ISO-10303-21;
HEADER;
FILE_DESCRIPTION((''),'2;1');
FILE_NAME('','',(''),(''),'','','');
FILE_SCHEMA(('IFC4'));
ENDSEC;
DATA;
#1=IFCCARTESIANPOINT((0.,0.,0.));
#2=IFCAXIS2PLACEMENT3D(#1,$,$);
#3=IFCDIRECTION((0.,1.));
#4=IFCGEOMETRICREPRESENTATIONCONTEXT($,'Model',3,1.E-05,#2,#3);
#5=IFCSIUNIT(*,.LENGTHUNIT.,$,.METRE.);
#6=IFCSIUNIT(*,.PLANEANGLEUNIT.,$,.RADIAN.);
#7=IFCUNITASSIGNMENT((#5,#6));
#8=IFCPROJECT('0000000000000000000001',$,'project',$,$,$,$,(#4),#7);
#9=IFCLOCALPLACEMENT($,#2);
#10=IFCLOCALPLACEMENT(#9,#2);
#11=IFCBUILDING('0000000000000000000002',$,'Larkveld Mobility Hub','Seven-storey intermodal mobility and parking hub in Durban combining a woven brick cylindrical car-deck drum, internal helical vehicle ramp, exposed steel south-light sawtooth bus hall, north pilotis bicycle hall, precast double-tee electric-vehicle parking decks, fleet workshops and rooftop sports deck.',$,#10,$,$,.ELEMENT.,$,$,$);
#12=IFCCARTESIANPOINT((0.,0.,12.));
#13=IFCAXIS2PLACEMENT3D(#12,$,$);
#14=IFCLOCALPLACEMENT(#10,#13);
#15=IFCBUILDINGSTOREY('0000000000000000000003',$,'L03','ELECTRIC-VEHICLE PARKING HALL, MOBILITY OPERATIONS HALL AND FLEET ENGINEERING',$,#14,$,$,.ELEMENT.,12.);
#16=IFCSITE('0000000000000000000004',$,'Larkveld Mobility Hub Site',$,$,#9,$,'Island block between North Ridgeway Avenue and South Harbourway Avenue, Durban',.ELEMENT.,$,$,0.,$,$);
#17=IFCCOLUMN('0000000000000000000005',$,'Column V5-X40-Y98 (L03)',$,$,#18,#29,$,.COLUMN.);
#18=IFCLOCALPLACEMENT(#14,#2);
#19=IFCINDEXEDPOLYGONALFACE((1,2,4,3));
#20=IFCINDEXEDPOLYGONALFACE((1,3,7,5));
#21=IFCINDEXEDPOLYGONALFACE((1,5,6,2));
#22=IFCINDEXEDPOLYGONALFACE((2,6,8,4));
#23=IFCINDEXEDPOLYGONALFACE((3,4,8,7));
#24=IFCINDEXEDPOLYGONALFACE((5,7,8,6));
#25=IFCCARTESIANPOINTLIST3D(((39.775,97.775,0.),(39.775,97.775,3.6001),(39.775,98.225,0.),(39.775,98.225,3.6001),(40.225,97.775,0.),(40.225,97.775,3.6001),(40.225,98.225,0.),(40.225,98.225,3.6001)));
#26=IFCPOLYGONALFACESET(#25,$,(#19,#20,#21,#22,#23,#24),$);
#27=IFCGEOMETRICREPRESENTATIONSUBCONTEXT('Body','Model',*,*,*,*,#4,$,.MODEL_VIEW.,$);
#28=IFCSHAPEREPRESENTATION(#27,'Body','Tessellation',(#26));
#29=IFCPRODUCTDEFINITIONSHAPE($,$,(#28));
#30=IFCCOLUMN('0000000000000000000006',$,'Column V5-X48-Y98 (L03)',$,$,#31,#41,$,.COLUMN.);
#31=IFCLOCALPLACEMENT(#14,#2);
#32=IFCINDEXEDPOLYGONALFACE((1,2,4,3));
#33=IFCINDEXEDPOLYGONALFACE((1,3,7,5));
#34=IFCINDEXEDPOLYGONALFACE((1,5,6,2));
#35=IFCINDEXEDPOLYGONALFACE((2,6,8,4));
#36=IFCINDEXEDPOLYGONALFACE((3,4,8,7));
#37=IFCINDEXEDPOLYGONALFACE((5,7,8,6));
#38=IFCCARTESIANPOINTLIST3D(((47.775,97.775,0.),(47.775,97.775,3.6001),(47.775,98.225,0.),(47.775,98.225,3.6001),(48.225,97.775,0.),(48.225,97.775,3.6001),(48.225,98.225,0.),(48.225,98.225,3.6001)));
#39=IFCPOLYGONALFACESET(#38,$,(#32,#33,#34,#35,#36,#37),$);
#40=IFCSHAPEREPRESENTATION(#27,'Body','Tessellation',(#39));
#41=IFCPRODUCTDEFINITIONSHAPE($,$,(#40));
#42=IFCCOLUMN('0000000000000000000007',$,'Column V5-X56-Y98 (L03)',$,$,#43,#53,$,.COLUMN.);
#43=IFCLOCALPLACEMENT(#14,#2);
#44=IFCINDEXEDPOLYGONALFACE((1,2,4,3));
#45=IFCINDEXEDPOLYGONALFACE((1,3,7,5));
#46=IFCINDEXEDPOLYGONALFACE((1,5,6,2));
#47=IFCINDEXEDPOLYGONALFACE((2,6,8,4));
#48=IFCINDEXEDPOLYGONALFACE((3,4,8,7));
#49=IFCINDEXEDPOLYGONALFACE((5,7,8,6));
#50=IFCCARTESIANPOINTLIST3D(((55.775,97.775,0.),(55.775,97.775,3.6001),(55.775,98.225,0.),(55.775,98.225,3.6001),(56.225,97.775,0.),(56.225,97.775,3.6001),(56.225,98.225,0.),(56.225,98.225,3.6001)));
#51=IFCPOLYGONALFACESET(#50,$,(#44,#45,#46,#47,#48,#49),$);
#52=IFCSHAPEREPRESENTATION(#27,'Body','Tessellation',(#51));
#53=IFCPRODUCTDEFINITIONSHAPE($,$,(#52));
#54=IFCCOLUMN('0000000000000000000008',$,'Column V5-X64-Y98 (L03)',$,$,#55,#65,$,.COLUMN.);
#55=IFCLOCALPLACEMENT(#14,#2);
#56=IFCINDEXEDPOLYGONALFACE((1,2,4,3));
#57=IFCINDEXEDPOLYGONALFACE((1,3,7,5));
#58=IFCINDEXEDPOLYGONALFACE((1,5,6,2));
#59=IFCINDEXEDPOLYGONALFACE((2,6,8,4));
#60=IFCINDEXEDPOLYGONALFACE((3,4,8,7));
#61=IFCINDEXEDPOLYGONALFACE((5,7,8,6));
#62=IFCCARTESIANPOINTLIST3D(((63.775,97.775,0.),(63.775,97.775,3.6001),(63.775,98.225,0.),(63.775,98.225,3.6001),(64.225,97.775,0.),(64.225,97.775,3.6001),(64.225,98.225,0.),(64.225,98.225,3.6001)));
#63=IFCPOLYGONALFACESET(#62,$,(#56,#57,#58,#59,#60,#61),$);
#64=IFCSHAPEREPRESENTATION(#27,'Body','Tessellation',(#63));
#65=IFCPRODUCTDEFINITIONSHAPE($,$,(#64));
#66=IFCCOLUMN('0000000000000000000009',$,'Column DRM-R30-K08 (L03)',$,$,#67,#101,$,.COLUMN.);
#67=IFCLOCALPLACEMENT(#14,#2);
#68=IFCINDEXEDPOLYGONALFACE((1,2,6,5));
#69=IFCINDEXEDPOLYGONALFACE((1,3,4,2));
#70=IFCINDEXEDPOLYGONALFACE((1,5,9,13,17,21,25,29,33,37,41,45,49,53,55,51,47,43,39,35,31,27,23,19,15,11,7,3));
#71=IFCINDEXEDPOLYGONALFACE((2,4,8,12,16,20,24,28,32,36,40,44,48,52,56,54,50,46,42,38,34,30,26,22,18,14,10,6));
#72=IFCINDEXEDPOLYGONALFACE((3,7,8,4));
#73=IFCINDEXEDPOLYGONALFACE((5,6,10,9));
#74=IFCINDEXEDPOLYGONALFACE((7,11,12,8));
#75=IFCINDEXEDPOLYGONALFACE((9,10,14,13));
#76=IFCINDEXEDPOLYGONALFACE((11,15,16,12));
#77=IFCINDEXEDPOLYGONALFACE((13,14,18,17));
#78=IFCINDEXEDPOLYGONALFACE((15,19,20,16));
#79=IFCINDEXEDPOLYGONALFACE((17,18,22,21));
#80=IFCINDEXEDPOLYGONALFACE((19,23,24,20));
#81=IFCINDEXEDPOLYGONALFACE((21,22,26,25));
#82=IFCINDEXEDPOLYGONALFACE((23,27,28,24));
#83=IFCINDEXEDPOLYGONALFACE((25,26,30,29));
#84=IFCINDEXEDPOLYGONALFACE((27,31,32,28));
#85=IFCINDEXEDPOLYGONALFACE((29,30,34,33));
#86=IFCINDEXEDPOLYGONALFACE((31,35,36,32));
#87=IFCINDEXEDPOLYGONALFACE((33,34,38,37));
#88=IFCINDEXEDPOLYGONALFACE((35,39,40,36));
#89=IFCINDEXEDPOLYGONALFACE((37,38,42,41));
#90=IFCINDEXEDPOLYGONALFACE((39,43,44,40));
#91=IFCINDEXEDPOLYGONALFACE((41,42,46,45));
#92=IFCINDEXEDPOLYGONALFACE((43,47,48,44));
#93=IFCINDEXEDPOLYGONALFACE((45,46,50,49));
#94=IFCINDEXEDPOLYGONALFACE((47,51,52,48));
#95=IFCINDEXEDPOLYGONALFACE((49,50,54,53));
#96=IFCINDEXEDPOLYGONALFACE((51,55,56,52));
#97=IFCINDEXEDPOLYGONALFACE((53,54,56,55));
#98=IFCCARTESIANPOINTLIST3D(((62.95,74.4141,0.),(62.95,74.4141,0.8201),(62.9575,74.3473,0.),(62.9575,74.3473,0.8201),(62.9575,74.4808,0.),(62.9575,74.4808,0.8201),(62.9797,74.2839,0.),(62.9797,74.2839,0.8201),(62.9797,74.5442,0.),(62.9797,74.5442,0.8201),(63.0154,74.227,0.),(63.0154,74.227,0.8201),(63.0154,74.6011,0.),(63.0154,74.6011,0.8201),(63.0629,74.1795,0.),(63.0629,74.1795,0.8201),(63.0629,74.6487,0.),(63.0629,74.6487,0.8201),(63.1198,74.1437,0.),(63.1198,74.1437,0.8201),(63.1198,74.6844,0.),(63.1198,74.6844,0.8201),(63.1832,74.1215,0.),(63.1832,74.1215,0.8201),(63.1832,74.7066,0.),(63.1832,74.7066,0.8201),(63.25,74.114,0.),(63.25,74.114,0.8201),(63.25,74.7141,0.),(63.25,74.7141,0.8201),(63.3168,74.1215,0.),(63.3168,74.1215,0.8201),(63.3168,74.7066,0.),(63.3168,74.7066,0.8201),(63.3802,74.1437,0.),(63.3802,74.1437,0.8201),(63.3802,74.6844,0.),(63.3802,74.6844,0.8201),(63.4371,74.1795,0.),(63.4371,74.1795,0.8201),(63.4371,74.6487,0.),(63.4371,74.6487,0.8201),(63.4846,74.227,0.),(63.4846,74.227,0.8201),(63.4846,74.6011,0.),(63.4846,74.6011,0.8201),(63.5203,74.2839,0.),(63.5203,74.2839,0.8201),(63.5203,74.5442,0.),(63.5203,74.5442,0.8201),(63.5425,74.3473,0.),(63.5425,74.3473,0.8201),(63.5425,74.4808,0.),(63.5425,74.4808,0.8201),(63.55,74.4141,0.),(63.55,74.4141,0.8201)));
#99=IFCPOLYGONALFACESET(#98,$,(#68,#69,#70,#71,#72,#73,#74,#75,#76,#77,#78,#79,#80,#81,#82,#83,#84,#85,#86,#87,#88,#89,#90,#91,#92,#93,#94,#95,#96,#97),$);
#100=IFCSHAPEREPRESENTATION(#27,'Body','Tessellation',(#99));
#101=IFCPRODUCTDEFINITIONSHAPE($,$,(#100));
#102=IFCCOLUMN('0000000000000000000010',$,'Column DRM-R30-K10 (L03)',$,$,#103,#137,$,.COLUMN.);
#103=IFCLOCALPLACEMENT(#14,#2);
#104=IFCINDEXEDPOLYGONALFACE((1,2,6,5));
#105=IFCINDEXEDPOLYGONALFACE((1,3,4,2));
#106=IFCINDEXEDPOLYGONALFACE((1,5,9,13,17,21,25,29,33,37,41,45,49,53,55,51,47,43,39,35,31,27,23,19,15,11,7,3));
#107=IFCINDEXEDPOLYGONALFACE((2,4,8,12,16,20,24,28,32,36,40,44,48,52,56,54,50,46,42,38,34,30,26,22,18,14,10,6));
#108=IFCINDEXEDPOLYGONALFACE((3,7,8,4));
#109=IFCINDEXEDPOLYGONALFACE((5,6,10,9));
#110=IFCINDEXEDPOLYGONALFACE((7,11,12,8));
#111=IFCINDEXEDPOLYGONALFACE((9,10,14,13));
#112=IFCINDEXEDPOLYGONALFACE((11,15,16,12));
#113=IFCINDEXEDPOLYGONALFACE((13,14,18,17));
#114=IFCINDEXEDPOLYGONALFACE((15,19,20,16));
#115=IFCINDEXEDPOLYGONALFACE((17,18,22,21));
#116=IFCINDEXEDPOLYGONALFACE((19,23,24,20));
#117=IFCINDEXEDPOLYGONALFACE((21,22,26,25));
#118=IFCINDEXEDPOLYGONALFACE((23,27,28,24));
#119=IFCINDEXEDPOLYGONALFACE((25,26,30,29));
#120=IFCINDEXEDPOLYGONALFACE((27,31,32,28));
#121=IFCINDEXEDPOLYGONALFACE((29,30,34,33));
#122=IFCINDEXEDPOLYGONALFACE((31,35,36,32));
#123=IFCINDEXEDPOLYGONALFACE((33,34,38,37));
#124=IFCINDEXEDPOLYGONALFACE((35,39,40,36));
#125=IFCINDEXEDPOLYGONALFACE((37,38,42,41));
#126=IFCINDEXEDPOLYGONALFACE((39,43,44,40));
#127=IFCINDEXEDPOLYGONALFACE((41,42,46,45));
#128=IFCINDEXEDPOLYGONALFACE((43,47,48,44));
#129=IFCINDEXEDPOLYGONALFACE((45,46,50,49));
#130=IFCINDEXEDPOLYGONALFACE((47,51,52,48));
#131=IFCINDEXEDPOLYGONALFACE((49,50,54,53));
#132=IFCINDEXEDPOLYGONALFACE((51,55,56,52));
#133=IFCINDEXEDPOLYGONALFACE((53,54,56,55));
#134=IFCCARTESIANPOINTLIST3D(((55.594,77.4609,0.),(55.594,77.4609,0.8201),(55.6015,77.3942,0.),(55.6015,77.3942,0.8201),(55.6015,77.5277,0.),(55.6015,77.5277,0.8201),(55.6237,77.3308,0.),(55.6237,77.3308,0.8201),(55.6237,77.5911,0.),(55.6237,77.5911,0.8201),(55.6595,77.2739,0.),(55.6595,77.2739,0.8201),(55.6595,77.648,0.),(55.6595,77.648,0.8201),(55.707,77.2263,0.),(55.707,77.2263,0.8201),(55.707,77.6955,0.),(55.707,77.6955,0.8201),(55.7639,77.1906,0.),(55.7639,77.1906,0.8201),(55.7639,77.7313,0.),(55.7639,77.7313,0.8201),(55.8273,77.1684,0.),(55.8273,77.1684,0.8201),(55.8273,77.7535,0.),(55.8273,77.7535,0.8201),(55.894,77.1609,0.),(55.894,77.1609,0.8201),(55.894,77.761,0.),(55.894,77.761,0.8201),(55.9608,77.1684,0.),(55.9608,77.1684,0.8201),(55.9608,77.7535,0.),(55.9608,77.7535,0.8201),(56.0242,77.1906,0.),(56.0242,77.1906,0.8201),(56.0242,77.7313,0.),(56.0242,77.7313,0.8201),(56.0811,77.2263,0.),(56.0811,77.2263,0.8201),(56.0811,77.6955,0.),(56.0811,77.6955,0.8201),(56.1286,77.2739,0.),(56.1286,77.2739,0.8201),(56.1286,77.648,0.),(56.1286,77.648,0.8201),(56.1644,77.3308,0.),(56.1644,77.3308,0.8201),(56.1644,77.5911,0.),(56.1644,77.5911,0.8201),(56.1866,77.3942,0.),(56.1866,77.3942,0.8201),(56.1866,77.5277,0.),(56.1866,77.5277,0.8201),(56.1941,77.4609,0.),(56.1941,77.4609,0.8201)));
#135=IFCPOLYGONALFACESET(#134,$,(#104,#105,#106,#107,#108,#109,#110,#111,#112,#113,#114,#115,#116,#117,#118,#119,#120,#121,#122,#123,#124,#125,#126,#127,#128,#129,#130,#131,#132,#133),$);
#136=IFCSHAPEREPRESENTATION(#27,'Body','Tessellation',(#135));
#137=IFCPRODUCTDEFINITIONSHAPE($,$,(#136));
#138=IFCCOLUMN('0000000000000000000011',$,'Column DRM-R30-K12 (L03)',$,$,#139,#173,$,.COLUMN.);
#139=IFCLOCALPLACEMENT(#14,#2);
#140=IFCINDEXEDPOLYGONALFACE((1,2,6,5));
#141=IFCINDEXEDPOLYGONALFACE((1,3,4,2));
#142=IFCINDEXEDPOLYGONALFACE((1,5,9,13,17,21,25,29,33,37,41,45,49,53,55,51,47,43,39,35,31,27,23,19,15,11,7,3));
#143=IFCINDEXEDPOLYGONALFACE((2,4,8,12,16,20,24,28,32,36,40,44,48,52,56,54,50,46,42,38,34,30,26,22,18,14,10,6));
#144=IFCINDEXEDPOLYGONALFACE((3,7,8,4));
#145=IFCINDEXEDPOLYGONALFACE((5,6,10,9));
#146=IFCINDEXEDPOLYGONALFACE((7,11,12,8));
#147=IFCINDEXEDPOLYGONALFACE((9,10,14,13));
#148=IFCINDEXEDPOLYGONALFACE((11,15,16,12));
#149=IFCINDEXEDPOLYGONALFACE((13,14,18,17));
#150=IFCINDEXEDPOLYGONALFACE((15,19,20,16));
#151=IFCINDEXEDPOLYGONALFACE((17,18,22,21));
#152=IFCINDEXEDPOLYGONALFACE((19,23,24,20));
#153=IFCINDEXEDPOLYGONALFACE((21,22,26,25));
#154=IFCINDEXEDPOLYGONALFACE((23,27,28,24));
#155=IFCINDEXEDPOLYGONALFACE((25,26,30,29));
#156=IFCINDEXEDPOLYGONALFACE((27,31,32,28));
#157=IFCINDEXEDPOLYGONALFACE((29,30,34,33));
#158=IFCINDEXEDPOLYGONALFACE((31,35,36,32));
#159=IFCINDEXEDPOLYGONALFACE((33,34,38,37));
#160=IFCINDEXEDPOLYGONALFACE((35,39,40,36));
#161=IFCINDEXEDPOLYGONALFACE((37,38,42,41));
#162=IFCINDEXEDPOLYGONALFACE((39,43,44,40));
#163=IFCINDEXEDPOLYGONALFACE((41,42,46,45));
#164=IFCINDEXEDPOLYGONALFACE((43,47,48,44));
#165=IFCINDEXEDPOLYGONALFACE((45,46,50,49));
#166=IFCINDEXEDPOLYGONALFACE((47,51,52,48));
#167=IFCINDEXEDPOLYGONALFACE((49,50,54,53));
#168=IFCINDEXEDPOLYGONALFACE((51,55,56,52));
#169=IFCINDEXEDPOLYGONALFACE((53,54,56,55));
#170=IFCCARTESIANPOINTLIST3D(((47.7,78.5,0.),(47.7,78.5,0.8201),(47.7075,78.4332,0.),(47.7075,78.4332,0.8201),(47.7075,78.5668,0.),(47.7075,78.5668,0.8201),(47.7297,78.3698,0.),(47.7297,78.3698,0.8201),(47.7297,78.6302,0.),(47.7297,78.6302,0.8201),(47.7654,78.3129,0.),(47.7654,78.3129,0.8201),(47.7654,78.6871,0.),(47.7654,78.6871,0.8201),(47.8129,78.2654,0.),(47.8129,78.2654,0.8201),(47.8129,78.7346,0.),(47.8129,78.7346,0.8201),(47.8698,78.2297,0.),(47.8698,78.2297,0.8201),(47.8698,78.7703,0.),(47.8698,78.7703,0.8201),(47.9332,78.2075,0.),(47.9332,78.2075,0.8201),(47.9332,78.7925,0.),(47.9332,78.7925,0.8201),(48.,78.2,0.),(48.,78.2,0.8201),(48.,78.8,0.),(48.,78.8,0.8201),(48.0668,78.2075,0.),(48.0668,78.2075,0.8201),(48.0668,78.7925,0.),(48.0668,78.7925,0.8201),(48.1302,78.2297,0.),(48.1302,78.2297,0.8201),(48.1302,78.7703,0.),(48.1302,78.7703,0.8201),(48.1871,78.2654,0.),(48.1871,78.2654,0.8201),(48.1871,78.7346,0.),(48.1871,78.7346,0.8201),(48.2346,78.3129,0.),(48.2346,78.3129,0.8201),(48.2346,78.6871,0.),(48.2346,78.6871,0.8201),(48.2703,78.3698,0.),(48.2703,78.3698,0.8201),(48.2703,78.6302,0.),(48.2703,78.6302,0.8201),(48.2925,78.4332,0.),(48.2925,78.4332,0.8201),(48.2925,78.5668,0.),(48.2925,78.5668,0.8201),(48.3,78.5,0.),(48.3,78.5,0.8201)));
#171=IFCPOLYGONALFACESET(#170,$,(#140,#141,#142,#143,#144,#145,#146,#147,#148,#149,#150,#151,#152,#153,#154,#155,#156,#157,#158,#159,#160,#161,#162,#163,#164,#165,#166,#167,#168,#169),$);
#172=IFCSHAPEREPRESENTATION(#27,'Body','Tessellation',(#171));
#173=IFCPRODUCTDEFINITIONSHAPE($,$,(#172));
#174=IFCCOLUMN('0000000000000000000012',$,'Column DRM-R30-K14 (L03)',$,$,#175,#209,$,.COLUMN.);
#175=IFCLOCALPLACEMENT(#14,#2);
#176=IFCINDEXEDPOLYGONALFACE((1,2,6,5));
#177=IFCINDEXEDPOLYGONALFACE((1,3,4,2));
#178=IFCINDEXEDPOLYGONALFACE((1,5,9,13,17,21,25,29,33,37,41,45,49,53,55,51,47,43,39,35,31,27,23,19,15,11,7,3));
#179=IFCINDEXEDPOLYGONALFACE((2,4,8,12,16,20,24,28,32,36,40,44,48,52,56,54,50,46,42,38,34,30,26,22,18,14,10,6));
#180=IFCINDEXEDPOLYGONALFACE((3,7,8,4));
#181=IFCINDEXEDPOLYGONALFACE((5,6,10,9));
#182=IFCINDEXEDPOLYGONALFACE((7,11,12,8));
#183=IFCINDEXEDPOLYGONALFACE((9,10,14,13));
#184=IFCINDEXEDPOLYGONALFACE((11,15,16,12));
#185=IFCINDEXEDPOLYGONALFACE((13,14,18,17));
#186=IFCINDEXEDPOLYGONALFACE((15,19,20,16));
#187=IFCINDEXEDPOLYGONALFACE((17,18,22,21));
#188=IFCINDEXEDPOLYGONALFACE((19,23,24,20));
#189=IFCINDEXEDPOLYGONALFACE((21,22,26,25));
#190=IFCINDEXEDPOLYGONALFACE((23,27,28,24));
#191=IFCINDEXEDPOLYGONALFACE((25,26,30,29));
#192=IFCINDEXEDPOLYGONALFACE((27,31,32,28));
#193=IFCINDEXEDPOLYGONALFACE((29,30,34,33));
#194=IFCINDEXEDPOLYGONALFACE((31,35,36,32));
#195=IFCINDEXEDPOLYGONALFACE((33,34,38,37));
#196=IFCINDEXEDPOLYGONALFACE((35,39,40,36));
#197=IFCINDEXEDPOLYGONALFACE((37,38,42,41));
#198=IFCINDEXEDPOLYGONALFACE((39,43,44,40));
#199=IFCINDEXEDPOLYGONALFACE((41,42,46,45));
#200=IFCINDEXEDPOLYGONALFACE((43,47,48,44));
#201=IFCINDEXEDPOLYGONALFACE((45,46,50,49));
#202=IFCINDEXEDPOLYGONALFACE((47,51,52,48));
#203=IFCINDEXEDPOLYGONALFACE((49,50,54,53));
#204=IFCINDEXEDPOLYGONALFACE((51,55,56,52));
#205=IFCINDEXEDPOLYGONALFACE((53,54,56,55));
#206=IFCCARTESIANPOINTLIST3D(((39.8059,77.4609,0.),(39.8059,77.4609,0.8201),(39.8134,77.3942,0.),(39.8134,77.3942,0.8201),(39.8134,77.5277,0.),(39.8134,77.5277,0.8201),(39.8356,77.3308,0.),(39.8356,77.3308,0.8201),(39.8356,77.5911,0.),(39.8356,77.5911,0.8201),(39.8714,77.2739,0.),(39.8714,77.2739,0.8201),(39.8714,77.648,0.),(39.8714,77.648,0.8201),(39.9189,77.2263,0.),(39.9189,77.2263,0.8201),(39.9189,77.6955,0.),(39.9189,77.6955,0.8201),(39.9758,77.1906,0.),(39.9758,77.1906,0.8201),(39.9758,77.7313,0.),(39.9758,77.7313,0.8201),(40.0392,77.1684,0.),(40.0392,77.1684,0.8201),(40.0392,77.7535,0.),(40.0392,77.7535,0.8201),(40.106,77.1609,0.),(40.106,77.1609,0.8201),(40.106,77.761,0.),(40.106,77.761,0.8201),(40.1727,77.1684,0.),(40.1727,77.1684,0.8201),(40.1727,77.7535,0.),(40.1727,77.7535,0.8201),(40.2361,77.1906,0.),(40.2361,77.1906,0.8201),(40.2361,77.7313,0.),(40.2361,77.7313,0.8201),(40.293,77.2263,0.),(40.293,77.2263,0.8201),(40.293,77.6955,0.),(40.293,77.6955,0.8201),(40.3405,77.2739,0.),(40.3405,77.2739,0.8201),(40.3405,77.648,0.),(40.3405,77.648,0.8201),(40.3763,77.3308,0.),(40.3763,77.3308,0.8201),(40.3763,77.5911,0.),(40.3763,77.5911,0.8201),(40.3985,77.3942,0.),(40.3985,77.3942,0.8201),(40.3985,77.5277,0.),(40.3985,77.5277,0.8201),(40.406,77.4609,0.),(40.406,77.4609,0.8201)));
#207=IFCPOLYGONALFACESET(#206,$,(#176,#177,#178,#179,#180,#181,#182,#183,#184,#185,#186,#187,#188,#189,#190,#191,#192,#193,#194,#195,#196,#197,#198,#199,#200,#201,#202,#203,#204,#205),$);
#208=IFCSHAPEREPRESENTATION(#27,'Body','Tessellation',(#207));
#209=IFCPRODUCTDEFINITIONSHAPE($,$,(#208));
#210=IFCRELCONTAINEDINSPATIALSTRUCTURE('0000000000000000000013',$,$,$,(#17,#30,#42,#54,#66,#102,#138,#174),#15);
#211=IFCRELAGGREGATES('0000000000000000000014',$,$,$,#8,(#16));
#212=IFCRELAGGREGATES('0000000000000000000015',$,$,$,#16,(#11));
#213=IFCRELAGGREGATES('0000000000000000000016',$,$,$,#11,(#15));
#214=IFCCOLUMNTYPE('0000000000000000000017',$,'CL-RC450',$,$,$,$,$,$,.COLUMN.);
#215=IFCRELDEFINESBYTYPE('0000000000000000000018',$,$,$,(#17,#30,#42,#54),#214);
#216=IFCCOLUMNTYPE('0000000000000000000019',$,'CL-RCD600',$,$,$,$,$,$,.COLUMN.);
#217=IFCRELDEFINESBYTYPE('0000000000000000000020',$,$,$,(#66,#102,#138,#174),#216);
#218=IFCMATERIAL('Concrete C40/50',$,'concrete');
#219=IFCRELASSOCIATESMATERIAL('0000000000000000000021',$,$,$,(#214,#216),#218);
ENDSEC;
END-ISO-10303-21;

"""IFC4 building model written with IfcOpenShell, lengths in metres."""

from ifc_helpers import new_model, si_unit, direction, frame, origin, origin_2d, place, context, subcontext, project, spatial, rectangle, circle, extrude, material, material_profile, profile_set, type_object, element, save


model = new_model("IFC4")

# Units and contexts
model_context = context("Model", 3, precision=1e-05, world=origin(), true_north=direction((0.0, 1.0)))
body_context = subcontext(model_context, "Body", "Model", "MODEL_VIEW")
ifc_project = project(units=[si_unit("LENGTHUNIT", "METRE"), si_unit("PLANEANGLEUNIT", "RADIAN")], contexts=[model_context])

# Site, building, storey
site_placement = place(None, origin())
site = spatial("IfcSite", under=ifc_project, at=site_placement, Name="Larkveld Mobility Hub Site", LongName="Island block between North Ridgeway Avenue and South Harbourway Avenue, Durban", CompositionType="ELEMENT", RefElevation=0.0)
building_placement = place(site_placement, origin())
building = spatial("IfcBuilding", under=site, at=building_placement, Name="Larkveld Mobility Hub", Description="Seven-storey intermodal mobility and parking hub in Durban combining a woven brick cylindrical car-deck drum, internal helical vehicle ramp, exposed steel south-light sawtooth bus hall, north pilotis bicycle hall, precast double-tee electric-vehicle parking decks, fleet workshops and rooftop sports deck.", CompositionType="ELEMENT")
storey_placement = place(building_placement, frame((0.0, 0.0, 12.0)))
storey = spatial("IfcBuildingStorey", under=building, at=storey_placement, Name="L03", Description="ELECTRIC-VEHICLE PARKING HALL, MOBILITY OPERATIONS HALL AND FLEET ENGINEERING", CompositionType="ELEMENT", Elevation=12.0)

# Columns
ifc_material_1 = material(Name="Concrete C40/50", Category="concrete")
ifc_material_profile_1 = material_profile(ifc_material_1, rectangle(XDim=0.45, YDim=0.45, at=origin_2d()), Name="RC COL 450x450")
ifc_profile_set_1 = profile_set([ifc_material_profile_1], Name="Concrete C40/50")
column_type_1 = type_object("IfcColumnType", Name="CL-RC450", PredefinedType="COLUMN", material=ifc_profile_set_1)
for number, where, z_axis, x_axis, name in (
    (1, (40.0, 98.0, 0.0), (0.0, 0.0, 1.0), (1.0, 0.0, 0.0), "Column V5-X40-Y98 (L03)"),
    (2, (48.0, 98.0, 0.0), (0.0, 0.0, 1.0), (1.0, 0.0, 0.0), "Column V5-X48-Y98 (L03)"),
    (3, (56.0, 98.0, 0.0), (0.0, 0.0, 1.0), (1.0, 0.0, 0.0), "Column V5-X56-Y98 (L03)"),
    (4, (64.0, 98.0, 0.0), (0.0, 0.0, 1.0), (1.0, 0.0, 0.0), "Column V5-X64-Y98 (L03)"),
):
    element("IfcColumn", number, at=place(storey_placement, frame(where, z_axis=z_axis, x_axis=x_axis)), inside=storey, type_object=column_type_1, Name=name, PredefinedType="COLUMN", context=body_context, shape_type="SweptSolid", body=[
        extrude(rectangle(XDim=0.45, YDim=0.45, at=origin_2d()), origin(), (0.0, 0.0, 1.0), 3.6001),
    ])
ifc_material_profile_2 = material_profile(ifc_material_1, circle(Radius=0.3, at=origin_2d()), Name="RC COL D600")
ifc_profile_set_2 = profile_set([ifc_material_profile_2], Name="Concrete C40/50")
column_type_2 = type_object("IfcColumnType", Name="CL-RCD600", PredefinedType="COLUMN", material=ifc_profile_set_2)
for number, where, z_axis, x_axis, name in (
    (5, (63.25, 74.4141, 0.0), (0.0, 0.0, 1.0), (1.0, 0.0, 0.0), "Column DRM-R30-K08 (L03)"),
    (6, (55.894, 77.4609, 0.0), (0.0, 0.0, 1.0), (1.0, 0.0, 0.0), "Column DRM-R30-K10 (L03)"),
    (7, (48.0, 78.5, 0.0), (0.0, 0.0, 1.0), (1.0, 0.0, 0.0), "Column DRM-R30-K12 (L03)"),
    (8, (40.106, 77.4609, 0.0), (0.0, 0.0, 1.0), (1.0, 0.0, 0.0), "Column DRM-R30-K14 (L03)"),
):
    element("IfcColumn", number, at=place(storey_placement, frame(where, z_axis=z_axis, x_axis=x_axis)), inside=storey, type_object=column_type_2, Name=name, PredefinedType="COLUMN", context=body_context, shape_type="SweptSolid", body=[
        extrude(circle(Radius=0.3, at=origin_2d()), origin(), (0.0, 0.0, 1.0), 0.8201),
    ])

save(model, "model.ifc")
